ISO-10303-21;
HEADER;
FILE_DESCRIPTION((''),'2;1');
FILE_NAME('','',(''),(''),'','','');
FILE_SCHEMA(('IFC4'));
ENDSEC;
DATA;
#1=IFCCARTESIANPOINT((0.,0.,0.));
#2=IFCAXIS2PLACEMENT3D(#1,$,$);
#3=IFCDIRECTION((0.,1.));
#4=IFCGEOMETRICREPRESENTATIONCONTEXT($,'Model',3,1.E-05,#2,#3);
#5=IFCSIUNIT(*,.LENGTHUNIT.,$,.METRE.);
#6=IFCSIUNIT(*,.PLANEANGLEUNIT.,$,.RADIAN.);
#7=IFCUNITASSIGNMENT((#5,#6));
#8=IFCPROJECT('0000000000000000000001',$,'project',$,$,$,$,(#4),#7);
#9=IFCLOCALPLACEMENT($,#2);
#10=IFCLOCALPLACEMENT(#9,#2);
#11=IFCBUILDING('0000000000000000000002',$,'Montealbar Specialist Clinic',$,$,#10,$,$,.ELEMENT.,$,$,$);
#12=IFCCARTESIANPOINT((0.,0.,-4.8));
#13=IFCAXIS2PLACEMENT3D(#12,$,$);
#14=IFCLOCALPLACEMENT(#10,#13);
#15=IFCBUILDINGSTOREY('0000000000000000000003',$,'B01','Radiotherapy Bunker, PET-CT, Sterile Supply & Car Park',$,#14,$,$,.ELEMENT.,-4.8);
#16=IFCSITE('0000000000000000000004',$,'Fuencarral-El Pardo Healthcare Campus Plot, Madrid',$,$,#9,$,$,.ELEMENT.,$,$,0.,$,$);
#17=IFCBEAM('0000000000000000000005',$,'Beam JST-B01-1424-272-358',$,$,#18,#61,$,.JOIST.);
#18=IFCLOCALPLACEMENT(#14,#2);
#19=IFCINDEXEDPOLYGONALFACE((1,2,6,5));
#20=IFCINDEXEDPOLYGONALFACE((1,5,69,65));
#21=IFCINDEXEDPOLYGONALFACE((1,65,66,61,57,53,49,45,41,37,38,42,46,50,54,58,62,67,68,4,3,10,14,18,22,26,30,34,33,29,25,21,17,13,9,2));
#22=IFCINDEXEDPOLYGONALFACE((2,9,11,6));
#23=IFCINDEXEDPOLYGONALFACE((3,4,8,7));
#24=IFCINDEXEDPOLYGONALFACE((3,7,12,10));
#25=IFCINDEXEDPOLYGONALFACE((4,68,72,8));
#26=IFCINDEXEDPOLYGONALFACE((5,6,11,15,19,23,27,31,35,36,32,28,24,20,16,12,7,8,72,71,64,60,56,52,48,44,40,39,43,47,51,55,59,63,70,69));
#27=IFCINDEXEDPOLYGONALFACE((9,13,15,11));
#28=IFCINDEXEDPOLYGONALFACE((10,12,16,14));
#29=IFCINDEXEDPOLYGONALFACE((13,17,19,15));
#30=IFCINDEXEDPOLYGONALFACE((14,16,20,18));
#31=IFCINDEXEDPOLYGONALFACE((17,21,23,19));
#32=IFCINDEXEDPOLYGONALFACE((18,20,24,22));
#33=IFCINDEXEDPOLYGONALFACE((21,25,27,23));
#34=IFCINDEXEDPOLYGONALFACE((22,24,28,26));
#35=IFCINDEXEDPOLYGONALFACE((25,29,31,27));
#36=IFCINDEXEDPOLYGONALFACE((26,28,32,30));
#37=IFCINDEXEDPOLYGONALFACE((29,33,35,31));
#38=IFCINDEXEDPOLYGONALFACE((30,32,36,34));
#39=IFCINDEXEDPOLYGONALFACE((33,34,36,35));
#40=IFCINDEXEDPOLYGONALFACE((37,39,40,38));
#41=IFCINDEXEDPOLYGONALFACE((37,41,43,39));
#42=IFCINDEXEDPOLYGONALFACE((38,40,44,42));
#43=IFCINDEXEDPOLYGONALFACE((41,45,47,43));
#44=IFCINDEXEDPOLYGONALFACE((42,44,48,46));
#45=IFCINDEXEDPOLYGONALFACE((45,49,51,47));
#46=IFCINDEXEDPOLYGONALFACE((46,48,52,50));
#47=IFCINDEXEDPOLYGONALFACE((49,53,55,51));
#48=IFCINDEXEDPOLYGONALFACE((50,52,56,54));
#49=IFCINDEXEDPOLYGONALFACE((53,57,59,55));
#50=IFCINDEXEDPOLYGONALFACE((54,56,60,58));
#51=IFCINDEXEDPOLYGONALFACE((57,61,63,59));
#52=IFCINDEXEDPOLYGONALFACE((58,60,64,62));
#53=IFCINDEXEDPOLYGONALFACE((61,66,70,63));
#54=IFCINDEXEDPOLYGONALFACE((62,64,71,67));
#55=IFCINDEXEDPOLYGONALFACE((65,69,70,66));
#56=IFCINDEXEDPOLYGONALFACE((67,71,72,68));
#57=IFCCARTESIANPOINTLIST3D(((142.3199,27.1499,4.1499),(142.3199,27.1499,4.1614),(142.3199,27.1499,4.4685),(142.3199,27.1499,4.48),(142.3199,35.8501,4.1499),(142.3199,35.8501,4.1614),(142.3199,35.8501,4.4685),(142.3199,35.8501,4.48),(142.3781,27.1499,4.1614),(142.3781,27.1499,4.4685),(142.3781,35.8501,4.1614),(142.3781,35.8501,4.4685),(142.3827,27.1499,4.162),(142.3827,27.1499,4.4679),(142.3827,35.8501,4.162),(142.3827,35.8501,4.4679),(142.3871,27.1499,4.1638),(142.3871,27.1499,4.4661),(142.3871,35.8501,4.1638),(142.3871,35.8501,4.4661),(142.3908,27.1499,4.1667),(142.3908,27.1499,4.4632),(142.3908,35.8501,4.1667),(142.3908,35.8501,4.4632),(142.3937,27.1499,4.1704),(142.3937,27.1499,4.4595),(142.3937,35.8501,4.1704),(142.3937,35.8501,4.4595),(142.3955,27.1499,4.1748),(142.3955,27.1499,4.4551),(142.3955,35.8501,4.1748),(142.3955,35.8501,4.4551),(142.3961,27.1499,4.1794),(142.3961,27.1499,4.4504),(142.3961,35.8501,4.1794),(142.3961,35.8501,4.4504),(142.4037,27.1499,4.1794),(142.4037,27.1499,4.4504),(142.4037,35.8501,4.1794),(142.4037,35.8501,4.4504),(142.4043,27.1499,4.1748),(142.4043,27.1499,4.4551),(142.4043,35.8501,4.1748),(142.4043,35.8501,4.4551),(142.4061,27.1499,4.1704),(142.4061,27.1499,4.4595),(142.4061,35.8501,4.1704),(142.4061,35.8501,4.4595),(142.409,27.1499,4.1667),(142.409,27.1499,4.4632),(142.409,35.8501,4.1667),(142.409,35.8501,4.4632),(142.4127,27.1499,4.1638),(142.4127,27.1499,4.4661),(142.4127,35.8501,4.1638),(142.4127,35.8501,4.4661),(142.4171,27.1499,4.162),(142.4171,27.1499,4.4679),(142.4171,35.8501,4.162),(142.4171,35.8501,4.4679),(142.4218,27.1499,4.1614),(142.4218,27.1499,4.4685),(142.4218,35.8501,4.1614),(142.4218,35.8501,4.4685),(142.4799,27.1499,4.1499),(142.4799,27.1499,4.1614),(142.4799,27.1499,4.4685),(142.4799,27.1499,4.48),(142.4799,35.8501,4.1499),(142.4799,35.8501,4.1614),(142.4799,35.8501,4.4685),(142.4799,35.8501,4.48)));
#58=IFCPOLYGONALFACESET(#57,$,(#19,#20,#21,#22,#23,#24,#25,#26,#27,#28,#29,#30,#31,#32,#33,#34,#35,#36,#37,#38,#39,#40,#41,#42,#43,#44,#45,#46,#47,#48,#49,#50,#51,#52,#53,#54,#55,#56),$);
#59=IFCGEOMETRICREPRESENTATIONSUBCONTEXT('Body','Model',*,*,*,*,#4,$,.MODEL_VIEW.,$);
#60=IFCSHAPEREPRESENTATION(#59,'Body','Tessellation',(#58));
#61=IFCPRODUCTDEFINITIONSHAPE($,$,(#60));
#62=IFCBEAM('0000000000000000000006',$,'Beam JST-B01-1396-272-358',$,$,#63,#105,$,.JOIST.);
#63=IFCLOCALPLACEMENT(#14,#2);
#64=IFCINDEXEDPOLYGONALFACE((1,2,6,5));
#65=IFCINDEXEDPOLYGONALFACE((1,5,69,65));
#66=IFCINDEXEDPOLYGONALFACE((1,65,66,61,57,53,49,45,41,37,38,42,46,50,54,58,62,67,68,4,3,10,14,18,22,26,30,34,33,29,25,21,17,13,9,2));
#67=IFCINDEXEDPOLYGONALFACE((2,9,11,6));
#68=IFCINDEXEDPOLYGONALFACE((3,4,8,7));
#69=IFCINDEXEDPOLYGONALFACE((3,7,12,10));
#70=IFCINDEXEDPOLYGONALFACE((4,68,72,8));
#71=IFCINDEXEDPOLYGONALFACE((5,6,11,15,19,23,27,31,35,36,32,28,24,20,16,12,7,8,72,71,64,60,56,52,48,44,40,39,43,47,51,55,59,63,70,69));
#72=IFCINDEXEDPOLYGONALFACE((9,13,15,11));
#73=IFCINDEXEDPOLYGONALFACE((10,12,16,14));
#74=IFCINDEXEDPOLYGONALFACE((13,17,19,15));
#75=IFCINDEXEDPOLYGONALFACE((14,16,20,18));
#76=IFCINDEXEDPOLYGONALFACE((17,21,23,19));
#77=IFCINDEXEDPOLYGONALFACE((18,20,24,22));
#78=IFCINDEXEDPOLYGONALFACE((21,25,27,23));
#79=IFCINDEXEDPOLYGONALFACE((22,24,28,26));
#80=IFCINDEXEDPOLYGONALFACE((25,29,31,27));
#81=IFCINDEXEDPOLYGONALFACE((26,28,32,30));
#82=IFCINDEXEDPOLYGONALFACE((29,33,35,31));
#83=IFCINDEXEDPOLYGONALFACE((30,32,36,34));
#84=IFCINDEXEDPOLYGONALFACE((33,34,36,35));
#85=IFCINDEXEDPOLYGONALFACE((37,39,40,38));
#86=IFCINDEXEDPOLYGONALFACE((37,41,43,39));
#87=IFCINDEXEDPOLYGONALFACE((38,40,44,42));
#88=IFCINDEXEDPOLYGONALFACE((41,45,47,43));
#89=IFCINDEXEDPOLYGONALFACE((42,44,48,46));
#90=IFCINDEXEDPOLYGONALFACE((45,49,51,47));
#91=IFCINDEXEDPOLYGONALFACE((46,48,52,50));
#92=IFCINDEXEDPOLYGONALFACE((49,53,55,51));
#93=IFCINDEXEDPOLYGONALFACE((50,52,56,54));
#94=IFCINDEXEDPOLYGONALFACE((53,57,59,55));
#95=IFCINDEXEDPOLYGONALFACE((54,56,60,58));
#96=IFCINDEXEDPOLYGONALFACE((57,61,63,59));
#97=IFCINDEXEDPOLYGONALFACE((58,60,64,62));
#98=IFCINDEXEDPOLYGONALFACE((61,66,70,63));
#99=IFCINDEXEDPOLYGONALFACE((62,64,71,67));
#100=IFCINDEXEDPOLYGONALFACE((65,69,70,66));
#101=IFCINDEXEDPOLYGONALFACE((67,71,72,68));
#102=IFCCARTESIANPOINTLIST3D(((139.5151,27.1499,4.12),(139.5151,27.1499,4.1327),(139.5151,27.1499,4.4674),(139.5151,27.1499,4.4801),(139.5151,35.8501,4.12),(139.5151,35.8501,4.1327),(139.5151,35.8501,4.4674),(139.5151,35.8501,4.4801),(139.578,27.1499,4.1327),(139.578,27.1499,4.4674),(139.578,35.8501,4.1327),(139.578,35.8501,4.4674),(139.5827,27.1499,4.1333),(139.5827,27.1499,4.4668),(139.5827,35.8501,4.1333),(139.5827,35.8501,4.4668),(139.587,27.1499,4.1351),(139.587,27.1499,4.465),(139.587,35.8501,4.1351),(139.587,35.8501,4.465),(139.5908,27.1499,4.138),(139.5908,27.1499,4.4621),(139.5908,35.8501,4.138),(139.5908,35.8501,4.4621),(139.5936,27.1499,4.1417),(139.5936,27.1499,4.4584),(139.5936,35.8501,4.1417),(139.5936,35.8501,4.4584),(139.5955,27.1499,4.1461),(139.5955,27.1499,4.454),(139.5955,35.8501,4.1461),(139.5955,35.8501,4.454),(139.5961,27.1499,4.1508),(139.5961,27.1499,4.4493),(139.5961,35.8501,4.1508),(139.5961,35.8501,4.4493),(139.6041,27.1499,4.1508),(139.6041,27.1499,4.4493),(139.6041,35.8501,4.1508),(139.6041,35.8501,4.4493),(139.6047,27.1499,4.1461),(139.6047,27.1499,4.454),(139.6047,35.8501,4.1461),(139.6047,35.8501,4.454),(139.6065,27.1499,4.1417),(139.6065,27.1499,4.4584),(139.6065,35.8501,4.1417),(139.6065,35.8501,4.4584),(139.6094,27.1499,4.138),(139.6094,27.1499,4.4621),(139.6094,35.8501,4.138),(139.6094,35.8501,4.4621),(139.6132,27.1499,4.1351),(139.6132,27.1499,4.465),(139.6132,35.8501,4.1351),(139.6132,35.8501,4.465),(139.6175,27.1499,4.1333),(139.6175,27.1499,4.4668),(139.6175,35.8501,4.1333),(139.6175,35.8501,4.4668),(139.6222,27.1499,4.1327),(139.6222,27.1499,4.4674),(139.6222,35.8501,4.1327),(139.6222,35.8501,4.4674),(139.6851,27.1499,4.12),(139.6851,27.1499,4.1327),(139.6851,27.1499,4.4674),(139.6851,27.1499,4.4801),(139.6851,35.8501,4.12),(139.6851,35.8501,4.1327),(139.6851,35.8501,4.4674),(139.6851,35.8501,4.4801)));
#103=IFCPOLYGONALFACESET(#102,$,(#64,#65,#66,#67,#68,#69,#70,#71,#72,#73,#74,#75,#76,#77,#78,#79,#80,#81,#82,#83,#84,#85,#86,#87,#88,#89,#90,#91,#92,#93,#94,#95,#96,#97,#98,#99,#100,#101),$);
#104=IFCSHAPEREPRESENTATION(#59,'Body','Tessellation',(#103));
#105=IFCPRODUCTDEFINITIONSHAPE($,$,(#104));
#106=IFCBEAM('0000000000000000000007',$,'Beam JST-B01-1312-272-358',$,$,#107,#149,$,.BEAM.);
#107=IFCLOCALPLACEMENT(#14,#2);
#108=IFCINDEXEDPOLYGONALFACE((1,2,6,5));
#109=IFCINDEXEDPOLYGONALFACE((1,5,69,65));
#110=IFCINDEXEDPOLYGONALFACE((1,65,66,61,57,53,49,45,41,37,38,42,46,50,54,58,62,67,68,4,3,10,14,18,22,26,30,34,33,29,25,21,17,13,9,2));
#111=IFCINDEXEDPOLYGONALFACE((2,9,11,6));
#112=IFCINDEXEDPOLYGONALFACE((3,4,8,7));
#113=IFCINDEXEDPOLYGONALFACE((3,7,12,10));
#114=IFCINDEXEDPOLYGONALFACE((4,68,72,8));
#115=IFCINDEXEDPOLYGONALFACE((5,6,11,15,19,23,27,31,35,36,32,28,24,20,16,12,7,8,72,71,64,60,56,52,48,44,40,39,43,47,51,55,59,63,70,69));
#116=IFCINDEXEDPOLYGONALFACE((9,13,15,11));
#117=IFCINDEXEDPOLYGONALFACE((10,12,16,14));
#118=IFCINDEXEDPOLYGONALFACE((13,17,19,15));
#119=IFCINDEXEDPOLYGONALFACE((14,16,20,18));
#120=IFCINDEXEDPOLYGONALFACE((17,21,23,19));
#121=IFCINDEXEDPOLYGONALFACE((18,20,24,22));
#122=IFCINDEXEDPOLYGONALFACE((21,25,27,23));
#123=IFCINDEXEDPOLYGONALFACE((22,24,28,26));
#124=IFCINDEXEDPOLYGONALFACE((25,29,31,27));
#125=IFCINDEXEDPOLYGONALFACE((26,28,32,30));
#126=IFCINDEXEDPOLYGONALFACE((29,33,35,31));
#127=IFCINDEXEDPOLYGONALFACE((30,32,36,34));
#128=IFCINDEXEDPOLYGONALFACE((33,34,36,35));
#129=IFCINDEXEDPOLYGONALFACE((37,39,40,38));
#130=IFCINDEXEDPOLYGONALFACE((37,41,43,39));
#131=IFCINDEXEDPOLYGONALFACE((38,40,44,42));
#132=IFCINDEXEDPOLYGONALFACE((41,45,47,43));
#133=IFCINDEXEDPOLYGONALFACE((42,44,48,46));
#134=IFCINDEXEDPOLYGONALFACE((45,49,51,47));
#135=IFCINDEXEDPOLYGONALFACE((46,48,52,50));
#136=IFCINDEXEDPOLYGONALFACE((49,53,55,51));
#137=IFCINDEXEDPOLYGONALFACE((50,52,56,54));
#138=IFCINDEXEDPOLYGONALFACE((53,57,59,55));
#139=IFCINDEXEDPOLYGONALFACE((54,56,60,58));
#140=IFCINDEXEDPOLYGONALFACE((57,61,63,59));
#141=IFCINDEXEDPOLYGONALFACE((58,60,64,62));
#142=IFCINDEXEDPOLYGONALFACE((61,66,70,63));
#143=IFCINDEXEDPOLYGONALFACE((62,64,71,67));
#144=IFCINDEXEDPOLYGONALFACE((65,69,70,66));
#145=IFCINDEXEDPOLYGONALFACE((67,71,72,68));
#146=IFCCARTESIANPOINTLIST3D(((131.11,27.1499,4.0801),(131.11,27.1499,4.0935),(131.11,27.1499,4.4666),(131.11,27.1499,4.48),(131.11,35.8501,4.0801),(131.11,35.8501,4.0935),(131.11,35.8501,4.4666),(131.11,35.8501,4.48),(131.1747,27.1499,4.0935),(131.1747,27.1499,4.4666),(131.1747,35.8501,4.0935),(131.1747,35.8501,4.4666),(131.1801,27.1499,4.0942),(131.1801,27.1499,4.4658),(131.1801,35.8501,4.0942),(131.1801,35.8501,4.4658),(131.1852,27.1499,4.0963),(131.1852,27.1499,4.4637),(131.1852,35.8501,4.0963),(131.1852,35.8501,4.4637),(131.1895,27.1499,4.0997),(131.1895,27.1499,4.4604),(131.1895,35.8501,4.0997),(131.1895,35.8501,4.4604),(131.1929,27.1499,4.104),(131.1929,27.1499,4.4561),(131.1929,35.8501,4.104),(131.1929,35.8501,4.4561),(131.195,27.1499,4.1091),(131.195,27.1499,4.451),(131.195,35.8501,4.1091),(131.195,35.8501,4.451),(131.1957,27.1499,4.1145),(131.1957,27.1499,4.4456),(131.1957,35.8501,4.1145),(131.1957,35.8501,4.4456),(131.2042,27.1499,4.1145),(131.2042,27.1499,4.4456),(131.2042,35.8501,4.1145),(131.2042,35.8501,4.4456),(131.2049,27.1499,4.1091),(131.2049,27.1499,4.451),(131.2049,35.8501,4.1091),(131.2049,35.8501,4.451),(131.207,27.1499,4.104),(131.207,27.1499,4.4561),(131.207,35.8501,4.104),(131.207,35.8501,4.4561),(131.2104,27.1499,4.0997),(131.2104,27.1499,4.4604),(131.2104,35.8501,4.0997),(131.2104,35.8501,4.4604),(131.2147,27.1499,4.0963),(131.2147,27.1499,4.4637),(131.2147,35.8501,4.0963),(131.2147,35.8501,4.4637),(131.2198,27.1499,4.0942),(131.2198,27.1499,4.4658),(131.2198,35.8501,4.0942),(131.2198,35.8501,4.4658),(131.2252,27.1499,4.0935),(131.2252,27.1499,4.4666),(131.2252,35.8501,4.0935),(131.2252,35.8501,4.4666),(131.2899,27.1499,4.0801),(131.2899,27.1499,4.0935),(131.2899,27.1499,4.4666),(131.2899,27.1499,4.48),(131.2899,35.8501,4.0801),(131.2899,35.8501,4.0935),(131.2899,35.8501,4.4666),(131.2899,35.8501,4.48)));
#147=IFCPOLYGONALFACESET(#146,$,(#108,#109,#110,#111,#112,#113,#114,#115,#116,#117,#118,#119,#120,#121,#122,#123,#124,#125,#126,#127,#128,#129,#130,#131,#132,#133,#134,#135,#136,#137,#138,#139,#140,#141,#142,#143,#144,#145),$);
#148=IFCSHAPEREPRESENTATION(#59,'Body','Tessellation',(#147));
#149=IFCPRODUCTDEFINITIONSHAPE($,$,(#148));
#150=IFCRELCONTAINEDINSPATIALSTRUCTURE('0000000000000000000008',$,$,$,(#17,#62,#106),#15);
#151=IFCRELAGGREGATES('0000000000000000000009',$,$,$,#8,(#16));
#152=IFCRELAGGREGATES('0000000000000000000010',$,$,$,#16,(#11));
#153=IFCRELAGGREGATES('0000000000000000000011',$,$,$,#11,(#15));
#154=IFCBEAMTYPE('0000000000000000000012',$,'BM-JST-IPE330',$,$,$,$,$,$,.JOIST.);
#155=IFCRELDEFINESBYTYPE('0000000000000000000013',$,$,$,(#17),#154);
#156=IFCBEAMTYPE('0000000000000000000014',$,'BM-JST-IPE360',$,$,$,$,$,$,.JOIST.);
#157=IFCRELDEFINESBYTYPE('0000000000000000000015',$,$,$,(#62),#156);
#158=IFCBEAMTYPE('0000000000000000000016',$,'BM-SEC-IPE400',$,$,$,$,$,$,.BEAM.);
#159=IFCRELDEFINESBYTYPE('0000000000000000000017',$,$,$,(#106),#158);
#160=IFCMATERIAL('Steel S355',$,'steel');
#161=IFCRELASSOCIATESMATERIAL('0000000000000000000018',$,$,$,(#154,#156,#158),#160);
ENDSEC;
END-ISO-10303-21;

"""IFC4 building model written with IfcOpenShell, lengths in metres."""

from ifc_helpers import new_model, si_unit, direction, frame, origin, origin_2d, place, context, subcontext, project, spatial, i_section, extrude, material, material_profile, profile_set, type_object, element, save


model = new_model("IFC4")

# Units and contexts
model_context = context("Model", 3, precision=1e-05, world=origin(), true_north=direction((0.0, 1.0)))
body_context = subcontext(model_context, "Body", "Model", "MODEL_VIEW")
ifc_project = project(units=[si_unit("LENGTHUNIT", "METRE"), si_unit("PLANEANGLEUNIT", "RADIAN")], contexts=[model_context])

# Site, building, storey
site_placement = place(None, origin())
site = spatial("IfcSite", under=ifc_project, at=site_placement, Name="Fuencarral-El Pardo Healthcare Campus Plot, Madrid", CompositionType="ELEMENT", RefElevation=0.0)
building_placement = place(site_placement, origin())
building = spatial("IfcBuilding", under=site, at=building_placement, Name="Montealbar Specialist Clinic", CompositionType="ELEMENT")
storey_placement = place(building_placement, frame((0.0, 0.0, -4.8)))
storey = spatial("IfcBuildingStorey", under=building, at=storey_placement, Name="B01", Description="Radiotherapy Bunker, PET-CT, Sterile Supply & Car Park", CompositionType="ELEMENT", Elevation=-4.8)

# Shared definitions
ifc_material_1 = material(Name="Steel S355", Category="steel")

# Beams
ifc_material_profile_1 = material_profile(ifc_material_1, i_section(OverallWidth=0.1599, OverallDepth=0.3301, WebThickness=0.0076, FlangeThickness=0.0115, FilletRadius=0.0181, at=origin_2d()), Name="IPE 330", Category="steel")
ifc_profile_set_1 = profile_set([ifc_material_profile_1], Name="Steel S355")
beam_type_1 = type_object("IfcBeamType", Name="BM-JST-IPE330", PredefinedType="JOIST", material=ifc_profile_set_1)
beam_1_placement = place(storey_placement, frame((142.3999, 27.1499, 4.3149), z_axis=(0.0, 1.0, 0.0), x_axis=(-1.0, 0.0, 0.0)))
element("IfcBeam", 1, at=beam_1_placement, inside=storey, type_object=beam_type_1, Name="Beam JST-B01-1424-272-358", PredefinedType="JOIST", context=body_context, shape_type="SweptSolid", body=[
    extrude(i_section(OverallWidth=0.1599, OverallDepth=0.3301, WebThickness=0.0076, FlangeThickness=0.0115, FilletRadius=0.0181, at=origin_2d()), origin(), (0.0, 0.0, 1.0), 8.7002),
])
ifc_material_profile_2 = material_profile(ifc_material_1, i_section(OverallWidth=0.1699, OverallDepth=0.3601, WebThickness=0.0081, FlangeThickness=0.0127, FilletRadius=0.0181, at=origin_2d()), Name="IPE 360", Category="steel")
ifc_profile_set_2 = profile_set([ifc_material_profile_2], Name="Steel S355")
beam_type_2 = type_object("IfcBeamType", Name="BM-JST-IPE360", PredefinedType="JOIST", material=ifc_profile_set_2)
beam_2_placement = place(storey_placement, frame((139.6001, 27.1499, 4.3), z_axis=(0.0, 1.0, 0.0), x_axis=(-1.0, 0.0, 0.0)))
element("IfcBeam", 2, at=beam_2_placement, inside=storey, type_object=beam_type_2, Name="Beam JST-B01-1396-272-358", PredefinedType="JOIST", context=body_context, shape_type="SweptSolid", body=[
    extrude(i_section(OverallWidth=0.1699, OverallDepth=0.3601, WebThickness=0.0081, FlangeThickness=0.0127, FilletRadius=0.0181, at=origin_2d()), origin(), (0.0, 0.0, 1.0), 8.7002),
])
ifc_material_profile_3 = material_profile(ifc_material_1, i_section(OverallWidth=0.1799, OverallDepth=0.3999, WebThickness=0.0085, FlangeThickness=0.0134, FilletRadius=0.021, at=origin_2d()), Name="IPE 400", Category="steel")
ifc_profile_set_3 = profile_set([ifc_material_profile_3], Name="Steel S355")
beam_type_3 = type_object("IfcBeamType", Name="BM-SEC-IPE400", PredefinedType="BEAM", material=ifc_profile_set_3)
beam_3_placement = place(storey_placement, frame((131.2, 27.1499, 4.28), z_axis=(0.0, 1.0, 0.0), x_axis=(-1.0, 0.0, 0.0)))
element("IfcBeam", 3, at=beam_3_placement, inside=storey, type_object=beam_type_3, Name="Beam JST-B01-1312-272-358", PredefinedType="BEAM", context=body_context, shape_type="SweptSolid", body=[
    extrude(i_section(OverallWidth=0.1799, OverallDepth=0.3999, WebThickness=0.0085, FlangeThickness=0.0134, FilletRadius=0.021, at=origin_2d()), origin(), (0.0, 0.0, 1.0), 8.7002),
])

save(model, "model.ifc")
